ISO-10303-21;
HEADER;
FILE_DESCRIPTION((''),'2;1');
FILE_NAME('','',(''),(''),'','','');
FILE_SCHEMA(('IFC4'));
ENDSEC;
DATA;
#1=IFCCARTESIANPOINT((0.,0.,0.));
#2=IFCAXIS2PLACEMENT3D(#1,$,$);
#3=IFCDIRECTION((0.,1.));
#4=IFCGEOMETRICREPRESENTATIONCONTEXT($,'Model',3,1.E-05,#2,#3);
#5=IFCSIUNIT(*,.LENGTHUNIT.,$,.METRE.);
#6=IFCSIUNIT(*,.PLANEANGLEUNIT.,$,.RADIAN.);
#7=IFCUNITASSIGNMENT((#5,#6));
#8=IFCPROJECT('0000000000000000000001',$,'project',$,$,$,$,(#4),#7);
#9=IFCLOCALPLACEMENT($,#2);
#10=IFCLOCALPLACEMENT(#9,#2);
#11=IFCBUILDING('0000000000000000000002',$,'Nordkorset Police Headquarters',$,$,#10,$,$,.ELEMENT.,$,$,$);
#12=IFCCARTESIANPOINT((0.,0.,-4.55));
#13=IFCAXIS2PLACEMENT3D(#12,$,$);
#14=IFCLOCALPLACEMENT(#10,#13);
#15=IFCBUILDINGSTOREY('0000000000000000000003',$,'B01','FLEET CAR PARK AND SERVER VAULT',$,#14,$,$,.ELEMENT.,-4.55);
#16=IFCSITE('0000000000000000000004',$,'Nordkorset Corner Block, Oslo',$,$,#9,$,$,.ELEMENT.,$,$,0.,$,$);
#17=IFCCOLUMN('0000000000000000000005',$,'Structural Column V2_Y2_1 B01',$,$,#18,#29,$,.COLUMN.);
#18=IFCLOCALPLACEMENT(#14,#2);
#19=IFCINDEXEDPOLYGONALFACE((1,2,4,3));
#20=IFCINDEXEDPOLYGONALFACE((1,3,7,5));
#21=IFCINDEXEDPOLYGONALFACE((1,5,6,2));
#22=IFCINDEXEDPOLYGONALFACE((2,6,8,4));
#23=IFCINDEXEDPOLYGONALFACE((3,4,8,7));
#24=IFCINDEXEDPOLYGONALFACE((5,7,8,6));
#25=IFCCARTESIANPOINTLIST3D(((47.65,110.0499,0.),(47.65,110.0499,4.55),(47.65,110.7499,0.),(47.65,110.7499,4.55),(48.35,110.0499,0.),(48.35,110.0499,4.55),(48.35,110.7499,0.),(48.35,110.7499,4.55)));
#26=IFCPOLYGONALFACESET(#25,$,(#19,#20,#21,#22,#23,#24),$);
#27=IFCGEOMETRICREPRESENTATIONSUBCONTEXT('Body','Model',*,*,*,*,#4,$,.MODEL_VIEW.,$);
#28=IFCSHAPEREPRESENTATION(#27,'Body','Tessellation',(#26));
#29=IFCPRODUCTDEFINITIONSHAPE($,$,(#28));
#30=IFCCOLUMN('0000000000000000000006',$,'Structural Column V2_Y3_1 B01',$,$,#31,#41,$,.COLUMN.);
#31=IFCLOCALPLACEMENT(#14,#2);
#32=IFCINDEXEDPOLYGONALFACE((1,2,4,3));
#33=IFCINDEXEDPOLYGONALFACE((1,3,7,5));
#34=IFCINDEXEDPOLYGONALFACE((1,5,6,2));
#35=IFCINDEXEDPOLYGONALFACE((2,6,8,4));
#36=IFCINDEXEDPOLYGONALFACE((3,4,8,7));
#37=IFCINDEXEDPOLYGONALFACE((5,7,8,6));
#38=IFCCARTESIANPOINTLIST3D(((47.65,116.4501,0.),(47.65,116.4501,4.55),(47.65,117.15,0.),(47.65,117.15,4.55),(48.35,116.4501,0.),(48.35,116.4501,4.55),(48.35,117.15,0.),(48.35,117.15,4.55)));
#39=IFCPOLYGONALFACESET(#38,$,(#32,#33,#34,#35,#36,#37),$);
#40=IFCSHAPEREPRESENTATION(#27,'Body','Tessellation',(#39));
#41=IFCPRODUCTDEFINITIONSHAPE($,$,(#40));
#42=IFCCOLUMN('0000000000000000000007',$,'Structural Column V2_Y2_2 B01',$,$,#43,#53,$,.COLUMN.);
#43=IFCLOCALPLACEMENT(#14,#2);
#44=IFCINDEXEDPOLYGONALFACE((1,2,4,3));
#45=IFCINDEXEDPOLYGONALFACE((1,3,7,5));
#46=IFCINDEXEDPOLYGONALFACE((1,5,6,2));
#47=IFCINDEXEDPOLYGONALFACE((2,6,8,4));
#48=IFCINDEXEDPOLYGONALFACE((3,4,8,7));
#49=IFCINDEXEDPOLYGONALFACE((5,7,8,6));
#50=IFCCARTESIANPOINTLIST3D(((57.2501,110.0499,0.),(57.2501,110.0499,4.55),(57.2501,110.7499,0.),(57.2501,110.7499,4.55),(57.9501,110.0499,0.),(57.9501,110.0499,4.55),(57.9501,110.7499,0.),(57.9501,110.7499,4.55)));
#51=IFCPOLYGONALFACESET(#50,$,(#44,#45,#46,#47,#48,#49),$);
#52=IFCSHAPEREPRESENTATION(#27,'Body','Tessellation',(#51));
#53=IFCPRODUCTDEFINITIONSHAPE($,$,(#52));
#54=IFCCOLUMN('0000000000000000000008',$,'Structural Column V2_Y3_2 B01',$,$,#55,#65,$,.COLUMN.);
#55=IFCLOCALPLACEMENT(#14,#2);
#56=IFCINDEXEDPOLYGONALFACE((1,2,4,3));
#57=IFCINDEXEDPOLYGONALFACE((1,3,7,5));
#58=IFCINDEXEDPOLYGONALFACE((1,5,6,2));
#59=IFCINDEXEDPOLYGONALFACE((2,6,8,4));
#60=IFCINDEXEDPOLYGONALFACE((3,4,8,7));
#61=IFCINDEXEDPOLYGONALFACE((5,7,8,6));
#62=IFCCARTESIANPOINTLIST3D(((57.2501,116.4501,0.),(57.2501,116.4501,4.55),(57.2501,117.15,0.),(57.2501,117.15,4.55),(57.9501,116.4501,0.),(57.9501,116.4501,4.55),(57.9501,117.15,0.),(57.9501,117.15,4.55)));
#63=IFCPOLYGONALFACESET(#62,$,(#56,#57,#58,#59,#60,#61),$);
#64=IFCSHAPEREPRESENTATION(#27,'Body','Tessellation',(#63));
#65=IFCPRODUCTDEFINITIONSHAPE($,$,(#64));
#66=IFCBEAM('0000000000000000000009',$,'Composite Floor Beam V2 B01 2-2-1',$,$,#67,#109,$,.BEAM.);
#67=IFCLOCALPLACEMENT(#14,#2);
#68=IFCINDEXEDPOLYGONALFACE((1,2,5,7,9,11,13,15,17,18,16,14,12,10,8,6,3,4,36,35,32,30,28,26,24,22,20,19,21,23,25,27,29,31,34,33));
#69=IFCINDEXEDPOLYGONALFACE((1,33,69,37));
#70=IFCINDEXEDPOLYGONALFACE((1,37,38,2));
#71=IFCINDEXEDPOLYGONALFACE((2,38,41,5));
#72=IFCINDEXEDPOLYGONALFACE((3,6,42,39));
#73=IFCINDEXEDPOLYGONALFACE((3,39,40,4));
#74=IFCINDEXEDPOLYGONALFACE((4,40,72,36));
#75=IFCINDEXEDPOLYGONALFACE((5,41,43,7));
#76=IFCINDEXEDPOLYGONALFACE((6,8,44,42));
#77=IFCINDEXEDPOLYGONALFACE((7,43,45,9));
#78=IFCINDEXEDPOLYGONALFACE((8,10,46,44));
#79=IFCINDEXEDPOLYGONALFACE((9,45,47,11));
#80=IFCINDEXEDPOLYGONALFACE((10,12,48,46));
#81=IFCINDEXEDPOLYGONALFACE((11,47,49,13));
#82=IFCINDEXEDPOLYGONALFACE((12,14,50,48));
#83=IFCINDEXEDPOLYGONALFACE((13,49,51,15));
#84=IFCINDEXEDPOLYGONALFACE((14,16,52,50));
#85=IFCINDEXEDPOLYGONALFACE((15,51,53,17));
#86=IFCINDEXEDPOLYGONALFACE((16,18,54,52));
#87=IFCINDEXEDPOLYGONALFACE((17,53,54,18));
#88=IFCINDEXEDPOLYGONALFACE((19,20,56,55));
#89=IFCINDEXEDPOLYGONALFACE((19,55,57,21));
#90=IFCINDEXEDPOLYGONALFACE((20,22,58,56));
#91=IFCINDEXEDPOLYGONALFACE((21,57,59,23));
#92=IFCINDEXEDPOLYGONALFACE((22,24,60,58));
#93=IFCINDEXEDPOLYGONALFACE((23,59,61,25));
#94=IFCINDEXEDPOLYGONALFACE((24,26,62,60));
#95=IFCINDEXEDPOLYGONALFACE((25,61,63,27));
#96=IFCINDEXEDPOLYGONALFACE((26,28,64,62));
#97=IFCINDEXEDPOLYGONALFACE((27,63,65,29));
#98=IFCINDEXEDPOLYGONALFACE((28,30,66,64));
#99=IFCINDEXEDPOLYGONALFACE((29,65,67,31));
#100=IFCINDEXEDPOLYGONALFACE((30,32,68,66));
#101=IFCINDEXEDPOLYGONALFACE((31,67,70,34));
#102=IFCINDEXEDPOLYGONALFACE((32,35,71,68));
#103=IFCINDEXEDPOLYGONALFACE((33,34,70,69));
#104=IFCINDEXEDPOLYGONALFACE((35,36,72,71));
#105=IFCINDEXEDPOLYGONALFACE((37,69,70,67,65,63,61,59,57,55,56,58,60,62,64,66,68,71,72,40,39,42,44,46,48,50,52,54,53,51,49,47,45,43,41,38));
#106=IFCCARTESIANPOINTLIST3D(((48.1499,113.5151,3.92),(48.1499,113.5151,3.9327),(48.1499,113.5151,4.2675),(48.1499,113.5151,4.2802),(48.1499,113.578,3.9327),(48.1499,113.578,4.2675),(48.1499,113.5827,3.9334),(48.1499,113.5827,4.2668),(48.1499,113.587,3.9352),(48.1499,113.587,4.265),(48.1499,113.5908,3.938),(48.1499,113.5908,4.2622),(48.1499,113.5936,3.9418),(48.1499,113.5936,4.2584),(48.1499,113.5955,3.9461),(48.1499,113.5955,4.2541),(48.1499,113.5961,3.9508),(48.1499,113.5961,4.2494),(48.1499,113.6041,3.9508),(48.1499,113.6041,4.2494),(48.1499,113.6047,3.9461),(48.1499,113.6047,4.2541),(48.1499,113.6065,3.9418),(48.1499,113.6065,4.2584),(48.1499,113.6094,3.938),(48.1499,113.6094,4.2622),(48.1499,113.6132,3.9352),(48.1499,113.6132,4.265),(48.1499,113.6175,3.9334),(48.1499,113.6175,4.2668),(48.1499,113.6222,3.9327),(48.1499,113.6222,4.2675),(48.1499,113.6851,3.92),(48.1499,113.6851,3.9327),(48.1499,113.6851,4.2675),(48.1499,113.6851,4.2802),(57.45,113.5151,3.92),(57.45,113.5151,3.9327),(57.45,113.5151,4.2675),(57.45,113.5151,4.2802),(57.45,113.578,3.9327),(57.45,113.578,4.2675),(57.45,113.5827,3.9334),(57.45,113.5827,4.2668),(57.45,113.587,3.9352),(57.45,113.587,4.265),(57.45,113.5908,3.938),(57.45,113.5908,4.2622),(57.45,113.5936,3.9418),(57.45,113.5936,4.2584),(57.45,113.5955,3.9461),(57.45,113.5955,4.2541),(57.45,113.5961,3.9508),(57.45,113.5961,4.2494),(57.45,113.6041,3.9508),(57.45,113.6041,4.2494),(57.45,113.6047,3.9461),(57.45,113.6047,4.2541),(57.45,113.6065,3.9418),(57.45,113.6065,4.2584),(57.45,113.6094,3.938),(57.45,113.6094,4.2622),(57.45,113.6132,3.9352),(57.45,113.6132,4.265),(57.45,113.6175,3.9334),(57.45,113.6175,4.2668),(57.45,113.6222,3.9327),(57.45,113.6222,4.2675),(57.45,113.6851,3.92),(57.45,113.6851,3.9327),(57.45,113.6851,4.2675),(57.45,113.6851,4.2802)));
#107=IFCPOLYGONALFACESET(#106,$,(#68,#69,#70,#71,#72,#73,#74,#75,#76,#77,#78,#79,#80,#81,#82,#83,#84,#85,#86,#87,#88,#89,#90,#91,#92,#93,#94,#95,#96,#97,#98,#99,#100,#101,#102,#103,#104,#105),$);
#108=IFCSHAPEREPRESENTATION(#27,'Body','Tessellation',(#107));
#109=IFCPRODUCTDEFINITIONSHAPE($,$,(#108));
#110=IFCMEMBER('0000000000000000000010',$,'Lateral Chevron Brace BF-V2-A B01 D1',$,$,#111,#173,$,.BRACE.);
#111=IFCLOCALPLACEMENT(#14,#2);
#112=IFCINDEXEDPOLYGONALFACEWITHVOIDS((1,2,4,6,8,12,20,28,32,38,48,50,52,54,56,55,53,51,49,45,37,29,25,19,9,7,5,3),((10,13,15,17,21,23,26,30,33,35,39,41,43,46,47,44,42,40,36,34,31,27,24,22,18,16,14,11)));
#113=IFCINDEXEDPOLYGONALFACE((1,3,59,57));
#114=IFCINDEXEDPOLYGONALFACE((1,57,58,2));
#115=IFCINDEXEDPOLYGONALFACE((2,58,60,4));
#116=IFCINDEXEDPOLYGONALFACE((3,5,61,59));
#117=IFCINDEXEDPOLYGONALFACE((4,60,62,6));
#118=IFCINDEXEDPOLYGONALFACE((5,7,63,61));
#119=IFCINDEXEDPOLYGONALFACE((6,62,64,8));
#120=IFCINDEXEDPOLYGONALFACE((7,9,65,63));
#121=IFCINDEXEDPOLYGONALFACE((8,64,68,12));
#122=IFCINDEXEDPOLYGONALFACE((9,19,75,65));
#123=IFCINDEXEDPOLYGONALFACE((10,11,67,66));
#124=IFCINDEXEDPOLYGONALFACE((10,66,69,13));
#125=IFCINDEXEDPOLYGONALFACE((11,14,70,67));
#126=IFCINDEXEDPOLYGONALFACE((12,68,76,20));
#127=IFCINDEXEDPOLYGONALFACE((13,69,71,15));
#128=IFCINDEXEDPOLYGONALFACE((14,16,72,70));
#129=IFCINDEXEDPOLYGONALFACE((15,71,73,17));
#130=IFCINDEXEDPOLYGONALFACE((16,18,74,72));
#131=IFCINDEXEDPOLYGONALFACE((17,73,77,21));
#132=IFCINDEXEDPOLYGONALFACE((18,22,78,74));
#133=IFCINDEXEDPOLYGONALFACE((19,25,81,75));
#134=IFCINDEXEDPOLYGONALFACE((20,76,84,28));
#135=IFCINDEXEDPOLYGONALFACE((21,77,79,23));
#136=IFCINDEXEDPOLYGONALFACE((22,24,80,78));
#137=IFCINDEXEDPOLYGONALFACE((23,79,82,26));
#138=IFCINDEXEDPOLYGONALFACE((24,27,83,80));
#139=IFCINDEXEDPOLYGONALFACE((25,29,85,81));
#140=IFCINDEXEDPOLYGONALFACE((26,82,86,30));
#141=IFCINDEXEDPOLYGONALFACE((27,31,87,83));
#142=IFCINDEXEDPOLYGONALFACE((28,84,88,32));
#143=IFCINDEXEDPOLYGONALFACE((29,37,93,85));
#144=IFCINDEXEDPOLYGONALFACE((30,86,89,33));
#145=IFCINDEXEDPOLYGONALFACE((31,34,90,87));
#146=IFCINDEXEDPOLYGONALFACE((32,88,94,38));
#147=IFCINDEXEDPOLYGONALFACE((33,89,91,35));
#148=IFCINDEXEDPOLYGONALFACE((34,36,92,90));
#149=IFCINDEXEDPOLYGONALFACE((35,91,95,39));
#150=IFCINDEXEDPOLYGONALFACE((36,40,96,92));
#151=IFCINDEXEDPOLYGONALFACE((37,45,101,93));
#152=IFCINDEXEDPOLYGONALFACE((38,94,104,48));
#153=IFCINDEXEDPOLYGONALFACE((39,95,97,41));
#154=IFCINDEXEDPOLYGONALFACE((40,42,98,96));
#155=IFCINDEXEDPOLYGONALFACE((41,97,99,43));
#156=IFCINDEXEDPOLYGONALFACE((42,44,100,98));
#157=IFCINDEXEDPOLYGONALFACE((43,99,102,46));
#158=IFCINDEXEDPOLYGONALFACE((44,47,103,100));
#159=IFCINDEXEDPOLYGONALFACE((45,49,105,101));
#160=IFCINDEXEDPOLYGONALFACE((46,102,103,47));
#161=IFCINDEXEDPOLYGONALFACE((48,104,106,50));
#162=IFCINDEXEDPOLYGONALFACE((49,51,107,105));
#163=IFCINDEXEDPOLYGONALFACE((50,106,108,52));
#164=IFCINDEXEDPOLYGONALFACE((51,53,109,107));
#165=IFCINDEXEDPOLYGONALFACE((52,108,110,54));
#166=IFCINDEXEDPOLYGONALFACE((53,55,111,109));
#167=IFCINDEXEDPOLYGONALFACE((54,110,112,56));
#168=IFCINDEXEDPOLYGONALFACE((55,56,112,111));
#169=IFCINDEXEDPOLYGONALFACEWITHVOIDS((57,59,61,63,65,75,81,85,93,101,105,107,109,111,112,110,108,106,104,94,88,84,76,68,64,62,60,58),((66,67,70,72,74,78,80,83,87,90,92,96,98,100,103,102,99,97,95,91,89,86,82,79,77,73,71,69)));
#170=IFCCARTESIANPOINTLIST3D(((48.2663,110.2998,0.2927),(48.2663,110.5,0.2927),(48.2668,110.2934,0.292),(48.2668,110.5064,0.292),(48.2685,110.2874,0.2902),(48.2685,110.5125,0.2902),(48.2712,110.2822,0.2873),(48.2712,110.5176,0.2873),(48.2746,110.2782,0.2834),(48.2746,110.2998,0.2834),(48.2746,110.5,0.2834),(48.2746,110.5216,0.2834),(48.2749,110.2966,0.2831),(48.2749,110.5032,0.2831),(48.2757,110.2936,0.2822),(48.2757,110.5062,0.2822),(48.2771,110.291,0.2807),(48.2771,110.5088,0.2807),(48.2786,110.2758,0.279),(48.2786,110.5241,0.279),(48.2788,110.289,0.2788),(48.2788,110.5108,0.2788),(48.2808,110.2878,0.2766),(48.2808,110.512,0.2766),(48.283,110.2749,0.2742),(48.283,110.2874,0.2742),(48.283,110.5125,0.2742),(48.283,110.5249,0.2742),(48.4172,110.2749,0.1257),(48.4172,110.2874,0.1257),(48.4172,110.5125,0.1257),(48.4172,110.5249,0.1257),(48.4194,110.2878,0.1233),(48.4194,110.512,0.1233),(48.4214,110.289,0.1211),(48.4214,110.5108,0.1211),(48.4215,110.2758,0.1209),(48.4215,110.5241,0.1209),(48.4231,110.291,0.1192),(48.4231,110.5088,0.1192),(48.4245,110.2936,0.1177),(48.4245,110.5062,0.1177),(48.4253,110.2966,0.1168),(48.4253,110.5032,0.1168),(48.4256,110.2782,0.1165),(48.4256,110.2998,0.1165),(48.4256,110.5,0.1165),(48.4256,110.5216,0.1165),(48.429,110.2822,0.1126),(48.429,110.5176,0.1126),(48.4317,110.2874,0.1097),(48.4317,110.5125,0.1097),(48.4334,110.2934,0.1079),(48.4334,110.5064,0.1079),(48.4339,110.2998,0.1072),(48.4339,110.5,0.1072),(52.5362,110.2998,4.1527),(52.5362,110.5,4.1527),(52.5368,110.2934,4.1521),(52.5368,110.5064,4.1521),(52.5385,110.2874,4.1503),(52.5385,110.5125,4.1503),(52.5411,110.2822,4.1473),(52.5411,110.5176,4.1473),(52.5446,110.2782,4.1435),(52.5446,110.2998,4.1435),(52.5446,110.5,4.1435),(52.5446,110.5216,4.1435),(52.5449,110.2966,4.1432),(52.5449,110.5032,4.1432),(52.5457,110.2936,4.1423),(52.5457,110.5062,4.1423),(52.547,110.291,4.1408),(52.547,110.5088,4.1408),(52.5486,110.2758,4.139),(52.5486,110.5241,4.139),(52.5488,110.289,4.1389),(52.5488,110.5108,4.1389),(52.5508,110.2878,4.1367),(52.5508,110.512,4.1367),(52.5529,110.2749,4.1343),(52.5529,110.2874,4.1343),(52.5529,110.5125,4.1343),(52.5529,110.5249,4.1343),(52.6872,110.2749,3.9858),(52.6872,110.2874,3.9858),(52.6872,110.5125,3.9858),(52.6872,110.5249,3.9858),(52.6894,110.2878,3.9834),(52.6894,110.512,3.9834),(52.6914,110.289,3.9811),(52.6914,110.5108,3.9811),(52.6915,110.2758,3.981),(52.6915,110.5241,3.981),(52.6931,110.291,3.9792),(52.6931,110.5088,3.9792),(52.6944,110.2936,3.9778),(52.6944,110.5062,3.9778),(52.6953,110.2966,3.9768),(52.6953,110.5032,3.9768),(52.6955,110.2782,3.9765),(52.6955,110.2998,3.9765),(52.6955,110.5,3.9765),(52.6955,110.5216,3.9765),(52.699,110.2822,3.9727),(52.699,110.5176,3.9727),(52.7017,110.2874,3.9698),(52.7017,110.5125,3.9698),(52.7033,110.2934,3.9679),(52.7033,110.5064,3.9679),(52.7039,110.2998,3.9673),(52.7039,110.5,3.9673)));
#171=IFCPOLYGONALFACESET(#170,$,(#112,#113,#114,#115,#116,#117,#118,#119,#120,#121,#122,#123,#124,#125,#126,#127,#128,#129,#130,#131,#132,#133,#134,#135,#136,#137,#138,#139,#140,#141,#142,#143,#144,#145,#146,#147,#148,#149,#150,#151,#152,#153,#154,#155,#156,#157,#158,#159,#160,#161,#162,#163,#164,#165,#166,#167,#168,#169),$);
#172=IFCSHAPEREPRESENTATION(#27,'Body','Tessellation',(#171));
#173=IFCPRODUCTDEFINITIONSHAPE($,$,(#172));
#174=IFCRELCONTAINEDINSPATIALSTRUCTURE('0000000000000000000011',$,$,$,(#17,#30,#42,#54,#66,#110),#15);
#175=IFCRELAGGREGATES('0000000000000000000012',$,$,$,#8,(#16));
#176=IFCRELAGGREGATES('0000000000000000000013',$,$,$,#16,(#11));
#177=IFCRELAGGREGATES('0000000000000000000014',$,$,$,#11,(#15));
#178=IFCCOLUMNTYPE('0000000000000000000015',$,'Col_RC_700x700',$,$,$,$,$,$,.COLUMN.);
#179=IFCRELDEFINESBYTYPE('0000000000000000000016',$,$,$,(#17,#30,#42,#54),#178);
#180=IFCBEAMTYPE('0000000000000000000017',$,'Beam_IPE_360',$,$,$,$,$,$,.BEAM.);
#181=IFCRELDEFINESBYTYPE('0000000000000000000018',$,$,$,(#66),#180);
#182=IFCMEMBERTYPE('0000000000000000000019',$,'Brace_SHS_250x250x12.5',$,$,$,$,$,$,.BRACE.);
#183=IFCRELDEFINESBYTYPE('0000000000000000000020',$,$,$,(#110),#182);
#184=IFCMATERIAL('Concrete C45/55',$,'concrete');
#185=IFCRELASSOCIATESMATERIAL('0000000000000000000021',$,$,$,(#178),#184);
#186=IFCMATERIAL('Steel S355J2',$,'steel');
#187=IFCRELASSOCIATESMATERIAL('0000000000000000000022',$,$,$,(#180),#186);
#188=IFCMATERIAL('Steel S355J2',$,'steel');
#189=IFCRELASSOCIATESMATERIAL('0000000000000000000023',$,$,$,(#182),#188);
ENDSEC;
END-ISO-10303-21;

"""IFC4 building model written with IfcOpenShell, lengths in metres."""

from ifc_helpers import new_model, si_unit, direction, frame, origin, origin_2d, place, context, subcontext, project, spatial, rectangle, hollow_rectangle, i_section, extrude, material, material_profile, profile_set, type_object, element, save


model = new_model("IFC4")

# Units and contexts
model_context = context("Model", 3, precision=1e-05, world=origin(), true_north=direction((0.0, 1.0)))
body_context = subcontext(model_context, "Body", "Model", "MODEL_VIEW")
ifc_project = project(units=[si_unit("LENGTHUNIT", "METRE"), si_unit("PLANEANGLEUNIT", "RADIAN")], contexts=[model_context])

# Site, building, storey
site_placement = place(None, origin())
site = spatial("IfcSite", under=ifc_project, at=site_placement, Name="Nordkorset Corner Block, Oslo", CompositionType="ELEMENT", RefElevation=0.0)
building_placement = place(site_placement, origin())
building = spatial("IfcBuilding", under=site, at=building_placement, Name="Nordkorset Police Headquarters", CompositionType="ELEMENT")
storey_placement = place(building_placement, frame((0.0, 0.0, -4.55)))
storey = spatial("IfcBuildingStorey", under=building, at=storey_placement, Name="B01", Description="FLEET CAR PARK AND SERVER VAULT", CompositionType="ELEMENT", Elevation=-4.55)

# Columns
ifc_material_1 = material(Name="Concrete C45/55", Category="concrete")
ifc_material_profile_1 = material_profile(ifc_material_1, rectangle(XDim=0.7, YDim=0.7, at=origin_2d()), Name="RC 700x700")
ifc_profile_set_1 = profile_set([ifc_material_profile_1], Name="Concrete C45/55")
column_type = type_object("IfcColumnType", Name="Col_RC_700x700", PredefinedType="COLUMN", material=ifc_profile_set_1)
for number, where, z_axis, x_axis, name in (
    (1, (48.0, 110.3999, 0.0), (0.0, 0.0, 1.0), (1.0, 0.0, 0.0), "Structural Column V2_Y2_1 B01"),
    (2, (48.0, 116.8, 0.0), (0.0, 0.0, 1.0), (1.0, 0.0, 0.0), "Structural Column V2_Y3_1 B01"),
    (3, (57.6001, 110.3999, 0.0), (0.0, 0.0, 1.0), (1.0, 0.0, 0.0), "Structural Column V2_Y2_2 B01"),
    (4, (57.6001, 116.8, 0.0), (0.0, 0.0, 1.0), (1.0, 0.0, 0.0), "Structural Column V2_Y3_2 B01"),
):
    element("IfcColumn", number, at=place(storey_placement, frame(where, z_axis=z_axis, x_axis=x_axis)), inside=storey, type_object=column_type, Name=name, PredefinedType="COLUMN", context=body_context, shape_type="SweptSolid", body=[
        extrude(rectangle(XDim=0.7, YDim=0.7, at=origin_2d()), origin(), (0.0, 0.0, 1.0), 4.55),
    ])

# Beam
ifc_material_2 = material(Name="Steel S355J2", Category="steel")
ifc_material_profile_2 = material_profile(ifc_material_2, i_section(OverallWidth=0.1699, OverallDepth=0.3601, WebThickness=0.0081, FlangeThickness=0.0127, FilletRadius=0.0181, at=origin_2d()), Name="IPE 360")
ifc_profile_set_2 = profile_set([ifc_material_profile_2], Name="Steel S355J2")
beam_type_1 = type_object("IfcBeamType", Name="Beam_IPE_360", PredefinedType="BEAM", material=ifc_profile_set_2)
beam_1_placement = place(storey_placement, frame((48.1499, 113.6001, 4.1001), z_axis=(1.0, 0.0, 0.0), x_axis=(0.0, 1.0, 0.0)))
element("IfcBeam", 5, at=beam_1_placement, inside=storey, type_object=beam_type_1, Name="Composite Floor Beam V2 B01 2-2-1", PredefinedType="BEAM", context=body_context, shape_type="SweptSolid", body=[
    extrude(i_section(OverallWidth=0.1699, OverallDepth=0.3601, WebThickness=0.0081, FlangeThickness=0.0127, FilletRadius=0.0181, at=origin_2d()), origin(), (0.0, 0.0, 1.0), 9.3),
])

# Member
ifc_material_3 = material(Name="Steel S355J2", Category="steel")
ifc_material_profile_3 = material_profile(ifc_material_3, hollow_rectangle(XDim=0.25, YDim=0.25, WallThickness=0.0125, InnerFilletRadius=0.0125, OuterFilletRadius=0.0249, at=origin_2d()), Name="SHS 250x250x12.5")
ifc_profile_set_3 = profile_set([ifc_material_profile_3], Name="Steel S355J2")
member_type = type_object("IfcMemberType", Name="Brace_SHS_250x250x12.5", PredefinedType="BRACE", material=ifc_profile_set_3)
for number, where, z_axis, x_axis, name in (
    (6, (48.3501, 110.3999, 0.2), (0.741816, 0.0, 0.670603), (0.0, 1.0, 0.0), "Lateral Chevron Brace BF-V2-A B01 D1"),
):
    element("IfcMember", number, at=place(storey_placement, frame(where, z_axis=z_axis, x_axis=x_axis)), inside=storey, type_object=member_type, Name=name, PredefinedType="BRACE", context=body_context, shape_type="SweptSolid", body=[
        extrude(hollow_rectangle(XDim=0.25, YDim=0.25, WallThickness=0.0125, InnerFilletRadius=0.0125, OuterFilletRadius=0.0249, at=origin_2d()), origin(), (0.0, 0.0, 1.0), 5.7561),
    ])

save(model, "model.ifc")
